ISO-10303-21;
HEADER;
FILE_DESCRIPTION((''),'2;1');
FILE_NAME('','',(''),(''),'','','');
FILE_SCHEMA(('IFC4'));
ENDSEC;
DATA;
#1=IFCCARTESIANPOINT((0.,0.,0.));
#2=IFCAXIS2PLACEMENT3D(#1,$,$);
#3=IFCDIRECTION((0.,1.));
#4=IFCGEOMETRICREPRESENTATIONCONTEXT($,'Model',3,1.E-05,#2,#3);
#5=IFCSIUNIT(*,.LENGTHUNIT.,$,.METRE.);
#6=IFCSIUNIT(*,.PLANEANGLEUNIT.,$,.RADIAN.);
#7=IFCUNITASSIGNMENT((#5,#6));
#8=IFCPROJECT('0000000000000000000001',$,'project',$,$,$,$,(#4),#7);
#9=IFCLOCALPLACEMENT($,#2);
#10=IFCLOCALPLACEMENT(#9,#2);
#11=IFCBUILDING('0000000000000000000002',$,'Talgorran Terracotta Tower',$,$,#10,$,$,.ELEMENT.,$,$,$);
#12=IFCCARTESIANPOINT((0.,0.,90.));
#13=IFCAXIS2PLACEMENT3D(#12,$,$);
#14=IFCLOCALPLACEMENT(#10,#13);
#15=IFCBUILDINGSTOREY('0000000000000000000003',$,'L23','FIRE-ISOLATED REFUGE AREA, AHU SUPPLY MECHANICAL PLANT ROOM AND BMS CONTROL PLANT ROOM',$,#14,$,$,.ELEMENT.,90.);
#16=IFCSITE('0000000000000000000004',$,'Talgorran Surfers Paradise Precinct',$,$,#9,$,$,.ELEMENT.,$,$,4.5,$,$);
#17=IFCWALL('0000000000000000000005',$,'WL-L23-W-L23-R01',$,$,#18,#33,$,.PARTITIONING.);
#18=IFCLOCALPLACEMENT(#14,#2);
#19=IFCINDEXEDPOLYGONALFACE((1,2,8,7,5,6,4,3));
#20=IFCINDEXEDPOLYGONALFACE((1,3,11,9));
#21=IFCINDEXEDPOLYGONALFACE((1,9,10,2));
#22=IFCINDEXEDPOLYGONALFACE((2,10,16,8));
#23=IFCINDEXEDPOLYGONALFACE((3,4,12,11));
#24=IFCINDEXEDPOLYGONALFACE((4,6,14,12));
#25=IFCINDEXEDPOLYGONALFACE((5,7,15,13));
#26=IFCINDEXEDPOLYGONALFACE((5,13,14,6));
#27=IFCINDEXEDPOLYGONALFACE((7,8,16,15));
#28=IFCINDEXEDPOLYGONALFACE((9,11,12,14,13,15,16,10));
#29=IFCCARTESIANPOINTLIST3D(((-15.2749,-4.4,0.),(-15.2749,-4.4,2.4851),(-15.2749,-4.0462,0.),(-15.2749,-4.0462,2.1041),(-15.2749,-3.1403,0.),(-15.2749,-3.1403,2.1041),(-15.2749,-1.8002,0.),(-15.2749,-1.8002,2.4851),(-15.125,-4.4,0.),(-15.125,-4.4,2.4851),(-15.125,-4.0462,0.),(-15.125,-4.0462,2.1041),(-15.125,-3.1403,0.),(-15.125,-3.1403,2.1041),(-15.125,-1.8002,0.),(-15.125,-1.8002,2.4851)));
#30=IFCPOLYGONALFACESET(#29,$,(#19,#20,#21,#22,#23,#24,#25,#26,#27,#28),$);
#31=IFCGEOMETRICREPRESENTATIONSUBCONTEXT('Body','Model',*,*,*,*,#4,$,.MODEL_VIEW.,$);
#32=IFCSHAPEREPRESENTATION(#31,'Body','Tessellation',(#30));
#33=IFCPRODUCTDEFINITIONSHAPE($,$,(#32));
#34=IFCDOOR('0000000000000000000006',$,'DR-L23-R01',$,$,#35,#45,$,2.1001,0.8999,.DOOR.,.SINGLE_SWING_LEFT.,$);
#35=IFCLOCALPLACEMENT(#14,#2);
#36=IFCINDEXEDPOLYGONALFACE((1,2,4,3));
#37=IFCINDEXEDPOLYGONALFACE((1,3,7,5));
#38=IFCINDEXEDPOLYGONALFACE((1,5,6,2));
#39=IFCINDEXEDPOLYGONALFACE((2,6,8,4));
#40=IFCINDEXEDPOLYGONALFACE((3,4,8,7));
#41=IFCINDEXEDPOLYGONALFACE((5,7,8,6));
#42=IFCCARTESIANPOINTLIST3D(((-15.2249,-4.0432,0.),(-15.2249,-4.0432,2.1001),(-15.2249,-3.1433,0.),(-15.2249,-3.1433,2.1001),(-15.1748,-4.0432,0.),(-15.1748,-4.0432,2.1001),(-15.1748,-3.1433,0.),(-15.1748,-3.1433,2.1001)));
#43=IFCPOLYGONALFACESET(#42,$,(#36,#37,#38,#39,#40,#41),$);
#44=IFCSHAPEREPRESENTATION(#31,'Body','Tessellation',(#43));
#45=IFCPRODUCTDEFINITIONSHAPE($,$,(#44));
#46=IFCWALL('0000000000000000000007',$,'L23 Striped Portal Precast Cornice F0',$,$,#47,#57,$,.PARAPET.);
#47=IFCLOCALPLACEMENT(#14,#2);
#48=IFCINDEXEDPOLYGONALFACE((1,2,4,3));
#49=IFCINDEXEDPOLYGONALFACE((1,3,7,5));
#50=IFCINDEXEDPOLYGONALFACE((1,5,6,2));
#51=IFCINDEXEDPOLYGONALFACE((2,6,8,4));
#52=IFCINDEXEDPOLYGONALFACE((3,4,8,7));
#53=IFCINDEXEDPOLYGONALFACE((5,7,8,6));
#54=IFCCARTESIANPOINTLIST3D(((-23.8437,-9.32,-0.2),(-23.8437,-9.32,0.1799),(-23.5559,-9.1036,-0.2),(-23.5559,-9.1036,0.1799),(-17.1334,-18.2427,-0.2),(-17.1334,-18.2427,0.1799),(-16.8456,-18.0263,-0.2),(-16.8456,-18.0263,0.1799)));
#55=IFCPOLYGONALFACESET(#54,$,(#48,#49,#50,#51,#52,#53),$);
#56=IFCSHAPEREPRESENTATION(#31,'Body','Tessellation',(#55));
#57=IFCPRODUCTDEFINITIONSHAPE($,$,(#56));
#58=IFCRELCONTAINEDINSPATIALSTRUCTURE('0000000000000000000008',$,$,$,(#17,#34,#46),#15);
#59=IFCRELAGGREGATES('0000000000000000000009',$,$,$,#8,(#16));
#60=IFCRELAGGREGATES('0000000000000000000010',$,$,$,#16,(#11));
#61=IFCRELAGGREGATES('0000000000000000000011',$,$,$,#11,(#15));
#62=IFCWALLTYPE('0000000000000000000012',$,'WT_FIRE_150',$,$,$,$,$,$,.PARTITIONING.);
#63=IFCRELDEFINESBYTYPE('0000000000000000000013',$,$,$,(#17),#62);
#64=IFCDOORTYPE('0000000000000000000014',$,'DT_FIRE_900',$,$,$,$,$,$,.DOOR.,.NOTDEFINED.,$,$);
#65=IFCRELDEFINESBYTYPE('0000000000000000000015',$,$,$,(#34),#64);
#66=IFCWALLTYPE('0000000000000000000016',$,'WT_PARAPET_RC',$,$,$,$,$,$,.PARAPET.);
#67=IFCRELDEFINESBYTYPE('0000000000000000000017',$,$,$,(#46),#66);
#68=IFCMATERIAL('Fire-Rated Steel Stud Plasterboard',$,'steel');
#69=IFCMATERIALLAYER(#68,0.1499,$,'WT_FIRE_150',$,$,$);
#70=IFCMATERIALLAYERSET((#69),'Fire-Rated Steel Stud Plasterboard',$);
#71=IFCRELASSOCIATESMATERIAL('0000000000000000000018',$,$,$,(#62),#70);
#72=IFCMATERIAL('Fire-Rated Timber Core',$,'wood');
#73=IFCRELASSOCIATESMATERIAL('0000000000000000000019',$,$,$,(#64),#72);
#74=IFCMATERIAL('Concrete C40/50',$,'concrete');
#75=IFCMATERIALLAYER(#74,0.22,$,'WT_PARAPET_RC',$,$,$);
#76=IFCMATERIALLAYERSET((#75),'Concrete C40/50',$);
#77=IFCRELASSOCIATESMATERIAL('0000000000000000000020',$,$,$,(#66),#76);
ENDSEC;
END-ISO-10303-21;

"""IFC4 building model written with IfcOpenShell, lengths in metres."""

from ifc_helpers import new_model, si_unit, direction, frame, frame_2d, origin, place, context, subcontext, project, spatial, rectangle, extrude, material, layer, layer_set, type_object, element, fill, save


model = new_model("IFC4")

# Units and contexts
model_context = context("Model", 3, precision=1e-05, world=origin(), true_north=direction((0.0, 1.0)))
body_context = subcontext(model_context, "Body", "Model", "MODEL_VIEW")
ifc_project = project(units=[si_unit("LENGTHUNIT", "METRE"), si_unit("PLANEANGLEUNIT", "RADIAN")], contexts=[model_context])

# Site, building, storey
site_placement = place(None, origin())
site = spatial("IfcSite", under=ifc_project, at=site_placement, Name="Talgorran Surfers Paradise Precinct", CompositionType="ELEMENT", RefElevation=4.5)
building_placement = place(site_placement, origin())
building = spatial("IfcBuilding", under=site, at=building_placement, Name="Talgorran Terracotta Tower", CompositionType="ELEMENT")
storey_placement = place(building_placement, frame((0.0, 0.0, 90.0)))
storey = spatial("IfcBuildingStorey", under=building, at=storey_placement, Name="L23", Description="FIRE-ISOLATED REFUGE AREA, AHU SUPPLY MECHANICAL PLANT ROOM AND BMS CONTROL PLANT ROOM", CompositionType="ELEMENT", Elevation=90.0)

# Shared definitions
ifc_material_1 = material(Name="Fire-Rated Steel Stud Plasterboard", Category="steel")
ifc_layer_1 = layer(ifc_material_1, 0.1499, Name="WT_FIRE_150")
ifc_layer_set_1 = layer_set([ifc_layer_1], Name="Fire-Rated Steel Stud Plasterboard")
wall_type_1 = type_object("IfcWallType", Name="WT_FIRE_150", PredefinedType="PARTITIONING", material=ifc_layer_set_1)

# Wall, opening, door
wall_1_placement = place(storey_placement, frame((-15.2, -4.3999, 0.0), z_axis=(0.0, 0.0, 1.0), x_axis=(0.0, 1.0, 0.0)))
wall_1 = element("IfcWall", 1, at=wall_1_placement, inside=storey, type_object=wall_type_1, Name="WL-L23-W-L23-R01", PredefinedType="PARTITIONING", context=body_context, shape_type="SweptSolid", body=[
    extrude(rectangle(XDim=2.5999, YDim=0.1499, at=frame_2d((1.2998, 0.0))), origin(), (0.0, 0.0, 1.0), 2.4851),
])
opening_1_placement = place(wall_1_placement, frame((0.3567, 0.0, 0.0)))
opening_1 = element("IfcOpeningElement", 2, at=opening_1_placement, cuts=wall_1, PredefinedType="OPENING", context=body_context, shape_type="SweptSolid", body=[
    extrude(rectangle(XDim=0.9059, YDim=2.1041, at=frame_2d((0.45, 1.052))), frame((0.0, 0.085, 0.0), z_axis=(0.0, -1.0, 0.0), x_axis=(1.0, 0.0, 0.0)), (0.0, 0.0, 1.0), 0.1699),
])
ifc_material_2 = material(Name="Fire-Rated Timber Core", Category="wood")
door_type_1 = type_object("IfcDoorType", Name="DT_FIRE_900", OperationType="NOTDEFINED", PredefinedType="DOOR", material=ifc_material_2)
door_1_placement = place(opening_1_placement, origin())
door_1 = element("IfcDoor", 3, at=door_1_placement, inside=storey, type_object=door_type_1, Name="DR-L23-R01", OperationType="SINGLE_SWING_LEFT", OverallHeight=2.1001, OverallWidth=0.8999, PredefinedType="DOOR", context=body_context, shape_type="SweptSolid", body=[
    extrude(rectangle(XDim=0.8999, YDim=2.1001, at=frame_2d((0.45, 1.05))), frame((0.0, 0.0249, 0.0), z_axis=(0.0, -1.0, 0.0), x_axis=(1.0, 0.0, 0.0)), (0.0, 0.0, 1.0), 0.05),
])
fill(opening_1, door_1)

# Wall
ifc_material_3 = material(Name="Concrete C40/50", Category="concrete")
ifc_layer_2 = layer(ifc_material_3, 0.22, Name="WT_PARAPET_RC")
ifc_layer_set_2 = layer_set([ifc_layer_2], Name="Concrete C40/50")
wall_type_2 = type_object("IfcWallType", Name="WT_PARAPET_RC", PredefinedType="PARAPET", material=ifc_layer_set_2)
wall_2_placement = place(storey_placement, frame((-23.6997, -9.2119, -0.2), z_axis=(0.0, 0.0, 1.0), x_axis=(0.601046, -0.799215, 0.0)))
element("IfcWall", 4, at=wall_2_placement, inside=storey, type_object=wall_type_2, Name="L23 Striped Portal Precast Cornice F0", PredefinedType="PARAPET", context=body_context, shape_type="SweptSolid", body=[
    extrude(rectangle(XDim=11.1643, YDim=0.3601, at=frame_2d((5.582, 0.0))), origin(), (0.0, 0.0, 1.0), 0.3799),
])

save(model, "model.ifc")
